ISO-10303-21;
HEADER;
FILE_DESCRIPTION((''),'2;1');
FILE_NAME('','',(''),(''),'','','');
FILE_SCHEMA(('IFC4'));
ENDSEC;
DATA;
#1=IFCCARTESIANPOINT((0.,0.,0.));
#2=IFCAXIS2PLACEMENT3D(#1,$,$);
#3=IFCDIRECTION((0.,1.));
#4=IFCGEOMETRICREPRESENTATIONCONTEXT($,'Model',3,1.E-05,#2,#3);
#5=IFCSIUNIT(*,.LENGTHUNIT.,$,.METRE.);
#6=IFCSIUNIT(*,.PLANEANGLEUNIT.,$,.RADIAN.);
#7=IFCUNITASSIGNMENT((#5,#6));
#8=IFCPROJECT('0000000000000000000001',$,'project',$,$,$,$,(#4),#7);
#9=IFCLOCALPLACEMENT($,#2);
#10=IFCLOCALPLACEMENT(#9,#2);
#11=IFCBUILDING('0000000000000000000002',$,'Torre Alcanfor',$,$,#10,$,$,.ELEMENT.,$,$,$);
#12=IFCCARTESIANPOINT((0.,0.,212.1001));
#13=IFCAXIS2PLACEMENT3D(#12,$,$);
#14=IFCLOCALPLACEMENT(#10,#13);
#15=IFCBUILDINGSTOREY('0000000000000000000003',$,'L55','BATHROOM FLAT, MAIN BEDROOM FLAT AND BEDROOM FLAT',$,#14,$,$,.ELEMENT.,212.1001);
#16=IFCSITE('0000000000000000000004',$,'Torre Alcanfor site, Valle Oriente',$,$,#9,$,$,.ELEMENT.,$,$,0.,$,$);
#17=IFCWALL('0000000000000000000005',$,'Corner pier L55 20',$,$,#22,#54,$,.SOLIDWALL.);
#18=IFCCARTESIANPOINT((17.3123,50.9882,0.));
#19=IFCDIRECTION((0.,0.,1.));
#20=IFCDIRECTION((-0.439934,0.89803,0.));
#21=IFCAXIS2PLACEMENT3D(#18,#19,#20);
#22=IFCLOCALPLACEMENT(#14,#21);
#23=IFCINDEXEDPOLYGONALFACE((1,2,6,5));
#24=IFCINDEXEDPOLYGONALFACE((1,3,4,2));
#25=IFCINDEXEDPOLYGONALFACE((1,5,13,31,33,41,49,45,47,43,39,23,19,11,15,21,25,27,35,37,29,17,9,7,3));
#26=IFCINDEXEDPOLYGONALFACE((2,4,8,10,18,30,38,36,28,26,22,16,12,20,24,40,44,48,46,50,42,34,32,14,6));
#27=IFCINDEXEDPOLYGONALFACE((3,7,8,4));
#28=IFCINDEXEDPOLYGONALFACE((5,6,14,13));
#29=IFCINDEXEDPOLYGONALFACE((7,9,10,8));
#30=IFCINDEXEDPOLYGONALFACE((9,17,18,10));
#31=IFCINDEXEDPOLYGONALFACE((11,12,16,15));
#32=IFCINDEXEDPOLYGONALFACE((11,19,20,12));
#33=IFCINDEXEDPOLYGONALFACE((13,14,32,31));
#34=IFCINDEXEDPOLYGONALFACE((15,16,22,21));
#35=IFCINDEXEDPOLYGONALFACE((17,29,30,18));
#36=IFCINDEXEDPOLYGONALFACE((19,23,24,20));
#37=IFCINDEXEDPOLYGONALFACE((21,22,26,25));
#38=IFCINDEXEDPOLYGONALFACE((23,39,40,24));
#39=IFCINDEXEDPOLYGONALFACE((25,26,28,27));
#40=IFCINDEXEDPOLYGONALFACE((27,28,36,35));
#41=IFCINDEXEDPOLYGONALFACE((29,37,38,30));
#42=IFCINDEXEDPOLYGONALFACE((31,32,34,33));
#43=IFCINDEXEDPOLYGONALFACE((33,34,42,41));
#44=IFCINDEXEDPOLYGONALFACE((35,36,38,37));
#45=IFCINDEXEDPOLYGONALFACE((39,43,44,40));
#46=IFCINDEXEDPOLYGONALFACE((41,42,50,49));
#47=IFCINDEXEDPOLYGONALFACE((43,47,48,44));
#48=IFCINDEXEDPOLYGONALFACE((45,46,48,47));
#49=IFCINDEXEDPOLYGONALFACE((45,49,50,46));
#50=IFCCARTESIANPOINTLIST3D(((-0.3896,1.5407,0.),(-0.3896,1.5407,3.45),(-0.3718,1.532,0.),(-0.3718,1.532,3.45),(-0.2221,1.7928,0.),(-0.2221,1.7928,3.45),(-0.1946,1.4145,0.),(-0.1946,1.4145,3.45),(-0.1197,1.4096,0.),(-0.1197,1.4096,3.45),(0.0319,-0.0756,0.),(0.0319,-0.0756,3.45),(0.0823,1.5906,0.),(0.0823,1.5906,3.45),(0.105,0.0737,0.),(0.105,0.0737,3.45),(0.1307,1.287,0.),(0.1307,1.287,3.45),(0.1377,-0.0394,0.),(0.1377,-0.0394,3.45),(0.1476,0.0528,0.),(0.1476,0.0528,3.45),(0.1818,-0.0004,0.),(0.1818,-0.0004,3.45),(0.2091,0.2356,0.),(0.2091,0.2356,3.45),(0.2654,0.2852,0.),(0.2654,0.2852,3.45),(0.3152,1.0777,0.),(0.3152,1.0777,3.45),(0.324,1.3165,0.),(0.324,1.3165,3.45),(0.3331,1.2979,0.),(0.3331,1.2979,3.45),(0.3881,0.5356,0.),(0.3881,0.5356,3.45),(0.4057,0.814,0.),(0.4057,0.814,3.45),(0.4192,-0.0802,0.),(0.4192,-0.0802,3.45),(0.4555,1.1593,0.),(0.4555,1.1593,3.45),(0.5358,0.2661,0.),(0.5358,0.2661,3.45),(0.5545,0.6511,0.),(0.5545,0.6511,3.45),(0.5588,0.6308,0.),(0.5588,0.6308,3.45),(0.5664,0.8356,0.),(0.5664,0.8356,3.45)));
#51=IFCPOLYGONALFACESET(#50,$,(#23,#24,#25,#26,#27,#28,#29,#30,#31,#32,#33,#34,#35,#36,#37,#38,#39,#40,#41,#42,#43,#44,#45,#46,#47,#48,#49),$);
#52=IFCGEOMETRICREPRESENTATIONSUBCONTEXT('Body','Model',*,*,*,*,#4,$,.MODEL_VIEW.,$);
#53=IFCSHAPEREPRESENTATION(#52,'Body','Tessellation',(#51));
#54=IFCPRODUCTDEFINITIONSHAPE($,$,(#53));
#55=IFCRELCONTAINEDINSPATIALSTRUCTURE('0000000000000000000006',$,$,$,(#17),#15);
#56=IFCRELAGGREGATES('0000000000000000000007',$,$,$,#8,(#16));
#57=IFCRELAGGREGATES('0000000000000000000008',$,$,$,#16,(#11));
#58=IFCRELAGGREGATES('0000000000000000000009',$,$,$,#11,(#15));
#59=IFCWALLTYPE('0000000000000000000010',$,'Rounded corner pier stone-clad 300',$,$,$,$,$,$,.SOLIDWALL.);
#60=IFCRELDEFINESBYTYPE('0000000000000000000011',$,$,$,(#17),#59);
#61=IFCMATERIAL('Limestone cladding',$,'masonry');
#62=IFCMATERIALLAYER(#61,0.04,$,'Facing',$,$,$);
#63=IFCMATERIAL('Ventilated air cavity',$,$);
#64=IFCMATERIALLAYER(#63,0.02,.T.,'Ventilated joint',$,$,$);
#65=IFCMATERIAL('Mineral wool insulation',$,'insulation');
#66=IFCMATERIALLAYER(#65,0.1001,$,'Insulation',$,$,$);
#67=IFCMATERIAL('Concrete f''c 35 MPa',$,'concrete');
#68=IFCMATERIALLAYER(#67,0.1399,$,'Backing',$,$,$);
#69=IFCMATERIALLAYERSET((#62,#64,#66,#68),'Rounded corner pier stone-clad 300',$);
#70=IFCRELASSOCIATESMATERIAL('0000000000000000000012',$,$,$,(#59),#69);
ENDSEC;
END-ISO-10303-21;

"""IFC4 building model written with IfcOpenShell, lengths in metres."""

from ifc_helpers import new_model, si_unit, direction, frame, origin, place, context, subcontext, project, spatial, polyline, outline, extrude, material, layer, layer_set, type_object, element, save


model = new_model("IFC4")

# Units and contexts
model_context = context("Model", 3, precision=1e-05, world=origin(), true_north=direction((0.0, 1.0)))
body_context = subcontext(model_context, "Body", "Model", "MODEL_VIEW")
ifc_project = project(units=[si_unit("LENGTHUNIT", "METRE"), si_unit("PLANEANGLEUNIT", "RADIAN")], contexts=[model_context])

# Site, building, storey
site_placement = place(None, origin())
site = spatial("IfcSite", under=ifc_project, at=site_placement, Name="Torre Alcanfor site, Valle Oriente", CompositionType="ELEMENT", RefElevation=0.0)
building_placement = place(site_placement, origin())
building = spatial("IfcBuilding", under=site, at=building_placement, Name="Torre Alcanfor", CompositionType="ELEMENT")
storey_placement = place(building_placement, frame((0.0, 0.0, 212.1001)))
storey = spatial("IfcBuildingStorey", under=building, at=storey_placement, Name="L55", Description="BATHROOM FLAT, MAIN BEDROOM FLAT AND BEDROOM FLAT", CompositionType="ELEMENT", Elevation=212.1001)

# Wall
ifc_material_1 = material(Name="Limestone cladding", Category="masonry")
ifc_layer_1 = layer(ifc_material_1, 0.04, Name="Facing")
ifc_material_2 = material(Name="Ventilated air cavity")
ifc_layer_2 = layer(ifc_material_2, 0.02, ventilated=True, Name="Ventilated joint")
ifc_material_3 = material(Name="Mineral wool insulation", Category="insulation")
ifc_layer_3 = layer(ifc_material_3, 0.1001, Name="Insulation")
ifc_material_4 = material(Name="Concrete f'c 35 MPa", Category="concrete")
ifc_layer_4 = layer(ifc_material_4, 0.1399, Name="Backing")
ifc_layer_set_1 = layer_set([ifc_layer_1, ifc_layer_2, ifc_layer_3, ifc_layer_4], Name="Rounded corner pier stone-clad 300")
wall_type_1 = type_object("IfcWallType", Name="Rounded corner pier stone-clad 300", PredefinedType="SOLIDWALL", material=ifc_layer_set_1)
wall_1_placement = place(storey_placement, frame((17.3123, 50.9882, 0.0), z_axis=(0.0, 0.0, 1.0), x_axis=(-0.439934, 0.89803, 0.0)))
element("IfcWall", 1, at=wall_1_placement, inside=storey, type_object=wall_type_1, Name="Corner pier L55 20", PredefinedType="SOLIDWALL", context=body_context, shape_type="SweptSolid", body=[
    extrude(outline(polyline([(0.1377, -0.0394), (0.1818, -0.0004), (0.4192, -0.0802), (0.5358, 0.2661), (0.5588, 0.6308), (0.5545, 0.6511), (0.5664, 0.8356), (0.4555, 1.1593), (0.3331, 1.2979), (0.324, 1.3165), (0.0823, 1.5906), (-0.2221, 1.7928), (-0.3896, 1.5407), (-0.3718, 1.532), (-0.1946, 1.4145), (-0.1197, 1.4096), (0.1307, 1.287), (0.3152, 1.0777), (0.4057, 0.814), (0.3881, 0.5356), (0.2654, 0.2852), (0.2091, 0.2356), (0.1476, 0.0528), (0.105, 0.0737), (0.0319, -0.0756), (0.1377, -0.0394)])), origin(), (0.0, 0.0, 1.0), 3.45),
])

save(model, "model.ifc")
